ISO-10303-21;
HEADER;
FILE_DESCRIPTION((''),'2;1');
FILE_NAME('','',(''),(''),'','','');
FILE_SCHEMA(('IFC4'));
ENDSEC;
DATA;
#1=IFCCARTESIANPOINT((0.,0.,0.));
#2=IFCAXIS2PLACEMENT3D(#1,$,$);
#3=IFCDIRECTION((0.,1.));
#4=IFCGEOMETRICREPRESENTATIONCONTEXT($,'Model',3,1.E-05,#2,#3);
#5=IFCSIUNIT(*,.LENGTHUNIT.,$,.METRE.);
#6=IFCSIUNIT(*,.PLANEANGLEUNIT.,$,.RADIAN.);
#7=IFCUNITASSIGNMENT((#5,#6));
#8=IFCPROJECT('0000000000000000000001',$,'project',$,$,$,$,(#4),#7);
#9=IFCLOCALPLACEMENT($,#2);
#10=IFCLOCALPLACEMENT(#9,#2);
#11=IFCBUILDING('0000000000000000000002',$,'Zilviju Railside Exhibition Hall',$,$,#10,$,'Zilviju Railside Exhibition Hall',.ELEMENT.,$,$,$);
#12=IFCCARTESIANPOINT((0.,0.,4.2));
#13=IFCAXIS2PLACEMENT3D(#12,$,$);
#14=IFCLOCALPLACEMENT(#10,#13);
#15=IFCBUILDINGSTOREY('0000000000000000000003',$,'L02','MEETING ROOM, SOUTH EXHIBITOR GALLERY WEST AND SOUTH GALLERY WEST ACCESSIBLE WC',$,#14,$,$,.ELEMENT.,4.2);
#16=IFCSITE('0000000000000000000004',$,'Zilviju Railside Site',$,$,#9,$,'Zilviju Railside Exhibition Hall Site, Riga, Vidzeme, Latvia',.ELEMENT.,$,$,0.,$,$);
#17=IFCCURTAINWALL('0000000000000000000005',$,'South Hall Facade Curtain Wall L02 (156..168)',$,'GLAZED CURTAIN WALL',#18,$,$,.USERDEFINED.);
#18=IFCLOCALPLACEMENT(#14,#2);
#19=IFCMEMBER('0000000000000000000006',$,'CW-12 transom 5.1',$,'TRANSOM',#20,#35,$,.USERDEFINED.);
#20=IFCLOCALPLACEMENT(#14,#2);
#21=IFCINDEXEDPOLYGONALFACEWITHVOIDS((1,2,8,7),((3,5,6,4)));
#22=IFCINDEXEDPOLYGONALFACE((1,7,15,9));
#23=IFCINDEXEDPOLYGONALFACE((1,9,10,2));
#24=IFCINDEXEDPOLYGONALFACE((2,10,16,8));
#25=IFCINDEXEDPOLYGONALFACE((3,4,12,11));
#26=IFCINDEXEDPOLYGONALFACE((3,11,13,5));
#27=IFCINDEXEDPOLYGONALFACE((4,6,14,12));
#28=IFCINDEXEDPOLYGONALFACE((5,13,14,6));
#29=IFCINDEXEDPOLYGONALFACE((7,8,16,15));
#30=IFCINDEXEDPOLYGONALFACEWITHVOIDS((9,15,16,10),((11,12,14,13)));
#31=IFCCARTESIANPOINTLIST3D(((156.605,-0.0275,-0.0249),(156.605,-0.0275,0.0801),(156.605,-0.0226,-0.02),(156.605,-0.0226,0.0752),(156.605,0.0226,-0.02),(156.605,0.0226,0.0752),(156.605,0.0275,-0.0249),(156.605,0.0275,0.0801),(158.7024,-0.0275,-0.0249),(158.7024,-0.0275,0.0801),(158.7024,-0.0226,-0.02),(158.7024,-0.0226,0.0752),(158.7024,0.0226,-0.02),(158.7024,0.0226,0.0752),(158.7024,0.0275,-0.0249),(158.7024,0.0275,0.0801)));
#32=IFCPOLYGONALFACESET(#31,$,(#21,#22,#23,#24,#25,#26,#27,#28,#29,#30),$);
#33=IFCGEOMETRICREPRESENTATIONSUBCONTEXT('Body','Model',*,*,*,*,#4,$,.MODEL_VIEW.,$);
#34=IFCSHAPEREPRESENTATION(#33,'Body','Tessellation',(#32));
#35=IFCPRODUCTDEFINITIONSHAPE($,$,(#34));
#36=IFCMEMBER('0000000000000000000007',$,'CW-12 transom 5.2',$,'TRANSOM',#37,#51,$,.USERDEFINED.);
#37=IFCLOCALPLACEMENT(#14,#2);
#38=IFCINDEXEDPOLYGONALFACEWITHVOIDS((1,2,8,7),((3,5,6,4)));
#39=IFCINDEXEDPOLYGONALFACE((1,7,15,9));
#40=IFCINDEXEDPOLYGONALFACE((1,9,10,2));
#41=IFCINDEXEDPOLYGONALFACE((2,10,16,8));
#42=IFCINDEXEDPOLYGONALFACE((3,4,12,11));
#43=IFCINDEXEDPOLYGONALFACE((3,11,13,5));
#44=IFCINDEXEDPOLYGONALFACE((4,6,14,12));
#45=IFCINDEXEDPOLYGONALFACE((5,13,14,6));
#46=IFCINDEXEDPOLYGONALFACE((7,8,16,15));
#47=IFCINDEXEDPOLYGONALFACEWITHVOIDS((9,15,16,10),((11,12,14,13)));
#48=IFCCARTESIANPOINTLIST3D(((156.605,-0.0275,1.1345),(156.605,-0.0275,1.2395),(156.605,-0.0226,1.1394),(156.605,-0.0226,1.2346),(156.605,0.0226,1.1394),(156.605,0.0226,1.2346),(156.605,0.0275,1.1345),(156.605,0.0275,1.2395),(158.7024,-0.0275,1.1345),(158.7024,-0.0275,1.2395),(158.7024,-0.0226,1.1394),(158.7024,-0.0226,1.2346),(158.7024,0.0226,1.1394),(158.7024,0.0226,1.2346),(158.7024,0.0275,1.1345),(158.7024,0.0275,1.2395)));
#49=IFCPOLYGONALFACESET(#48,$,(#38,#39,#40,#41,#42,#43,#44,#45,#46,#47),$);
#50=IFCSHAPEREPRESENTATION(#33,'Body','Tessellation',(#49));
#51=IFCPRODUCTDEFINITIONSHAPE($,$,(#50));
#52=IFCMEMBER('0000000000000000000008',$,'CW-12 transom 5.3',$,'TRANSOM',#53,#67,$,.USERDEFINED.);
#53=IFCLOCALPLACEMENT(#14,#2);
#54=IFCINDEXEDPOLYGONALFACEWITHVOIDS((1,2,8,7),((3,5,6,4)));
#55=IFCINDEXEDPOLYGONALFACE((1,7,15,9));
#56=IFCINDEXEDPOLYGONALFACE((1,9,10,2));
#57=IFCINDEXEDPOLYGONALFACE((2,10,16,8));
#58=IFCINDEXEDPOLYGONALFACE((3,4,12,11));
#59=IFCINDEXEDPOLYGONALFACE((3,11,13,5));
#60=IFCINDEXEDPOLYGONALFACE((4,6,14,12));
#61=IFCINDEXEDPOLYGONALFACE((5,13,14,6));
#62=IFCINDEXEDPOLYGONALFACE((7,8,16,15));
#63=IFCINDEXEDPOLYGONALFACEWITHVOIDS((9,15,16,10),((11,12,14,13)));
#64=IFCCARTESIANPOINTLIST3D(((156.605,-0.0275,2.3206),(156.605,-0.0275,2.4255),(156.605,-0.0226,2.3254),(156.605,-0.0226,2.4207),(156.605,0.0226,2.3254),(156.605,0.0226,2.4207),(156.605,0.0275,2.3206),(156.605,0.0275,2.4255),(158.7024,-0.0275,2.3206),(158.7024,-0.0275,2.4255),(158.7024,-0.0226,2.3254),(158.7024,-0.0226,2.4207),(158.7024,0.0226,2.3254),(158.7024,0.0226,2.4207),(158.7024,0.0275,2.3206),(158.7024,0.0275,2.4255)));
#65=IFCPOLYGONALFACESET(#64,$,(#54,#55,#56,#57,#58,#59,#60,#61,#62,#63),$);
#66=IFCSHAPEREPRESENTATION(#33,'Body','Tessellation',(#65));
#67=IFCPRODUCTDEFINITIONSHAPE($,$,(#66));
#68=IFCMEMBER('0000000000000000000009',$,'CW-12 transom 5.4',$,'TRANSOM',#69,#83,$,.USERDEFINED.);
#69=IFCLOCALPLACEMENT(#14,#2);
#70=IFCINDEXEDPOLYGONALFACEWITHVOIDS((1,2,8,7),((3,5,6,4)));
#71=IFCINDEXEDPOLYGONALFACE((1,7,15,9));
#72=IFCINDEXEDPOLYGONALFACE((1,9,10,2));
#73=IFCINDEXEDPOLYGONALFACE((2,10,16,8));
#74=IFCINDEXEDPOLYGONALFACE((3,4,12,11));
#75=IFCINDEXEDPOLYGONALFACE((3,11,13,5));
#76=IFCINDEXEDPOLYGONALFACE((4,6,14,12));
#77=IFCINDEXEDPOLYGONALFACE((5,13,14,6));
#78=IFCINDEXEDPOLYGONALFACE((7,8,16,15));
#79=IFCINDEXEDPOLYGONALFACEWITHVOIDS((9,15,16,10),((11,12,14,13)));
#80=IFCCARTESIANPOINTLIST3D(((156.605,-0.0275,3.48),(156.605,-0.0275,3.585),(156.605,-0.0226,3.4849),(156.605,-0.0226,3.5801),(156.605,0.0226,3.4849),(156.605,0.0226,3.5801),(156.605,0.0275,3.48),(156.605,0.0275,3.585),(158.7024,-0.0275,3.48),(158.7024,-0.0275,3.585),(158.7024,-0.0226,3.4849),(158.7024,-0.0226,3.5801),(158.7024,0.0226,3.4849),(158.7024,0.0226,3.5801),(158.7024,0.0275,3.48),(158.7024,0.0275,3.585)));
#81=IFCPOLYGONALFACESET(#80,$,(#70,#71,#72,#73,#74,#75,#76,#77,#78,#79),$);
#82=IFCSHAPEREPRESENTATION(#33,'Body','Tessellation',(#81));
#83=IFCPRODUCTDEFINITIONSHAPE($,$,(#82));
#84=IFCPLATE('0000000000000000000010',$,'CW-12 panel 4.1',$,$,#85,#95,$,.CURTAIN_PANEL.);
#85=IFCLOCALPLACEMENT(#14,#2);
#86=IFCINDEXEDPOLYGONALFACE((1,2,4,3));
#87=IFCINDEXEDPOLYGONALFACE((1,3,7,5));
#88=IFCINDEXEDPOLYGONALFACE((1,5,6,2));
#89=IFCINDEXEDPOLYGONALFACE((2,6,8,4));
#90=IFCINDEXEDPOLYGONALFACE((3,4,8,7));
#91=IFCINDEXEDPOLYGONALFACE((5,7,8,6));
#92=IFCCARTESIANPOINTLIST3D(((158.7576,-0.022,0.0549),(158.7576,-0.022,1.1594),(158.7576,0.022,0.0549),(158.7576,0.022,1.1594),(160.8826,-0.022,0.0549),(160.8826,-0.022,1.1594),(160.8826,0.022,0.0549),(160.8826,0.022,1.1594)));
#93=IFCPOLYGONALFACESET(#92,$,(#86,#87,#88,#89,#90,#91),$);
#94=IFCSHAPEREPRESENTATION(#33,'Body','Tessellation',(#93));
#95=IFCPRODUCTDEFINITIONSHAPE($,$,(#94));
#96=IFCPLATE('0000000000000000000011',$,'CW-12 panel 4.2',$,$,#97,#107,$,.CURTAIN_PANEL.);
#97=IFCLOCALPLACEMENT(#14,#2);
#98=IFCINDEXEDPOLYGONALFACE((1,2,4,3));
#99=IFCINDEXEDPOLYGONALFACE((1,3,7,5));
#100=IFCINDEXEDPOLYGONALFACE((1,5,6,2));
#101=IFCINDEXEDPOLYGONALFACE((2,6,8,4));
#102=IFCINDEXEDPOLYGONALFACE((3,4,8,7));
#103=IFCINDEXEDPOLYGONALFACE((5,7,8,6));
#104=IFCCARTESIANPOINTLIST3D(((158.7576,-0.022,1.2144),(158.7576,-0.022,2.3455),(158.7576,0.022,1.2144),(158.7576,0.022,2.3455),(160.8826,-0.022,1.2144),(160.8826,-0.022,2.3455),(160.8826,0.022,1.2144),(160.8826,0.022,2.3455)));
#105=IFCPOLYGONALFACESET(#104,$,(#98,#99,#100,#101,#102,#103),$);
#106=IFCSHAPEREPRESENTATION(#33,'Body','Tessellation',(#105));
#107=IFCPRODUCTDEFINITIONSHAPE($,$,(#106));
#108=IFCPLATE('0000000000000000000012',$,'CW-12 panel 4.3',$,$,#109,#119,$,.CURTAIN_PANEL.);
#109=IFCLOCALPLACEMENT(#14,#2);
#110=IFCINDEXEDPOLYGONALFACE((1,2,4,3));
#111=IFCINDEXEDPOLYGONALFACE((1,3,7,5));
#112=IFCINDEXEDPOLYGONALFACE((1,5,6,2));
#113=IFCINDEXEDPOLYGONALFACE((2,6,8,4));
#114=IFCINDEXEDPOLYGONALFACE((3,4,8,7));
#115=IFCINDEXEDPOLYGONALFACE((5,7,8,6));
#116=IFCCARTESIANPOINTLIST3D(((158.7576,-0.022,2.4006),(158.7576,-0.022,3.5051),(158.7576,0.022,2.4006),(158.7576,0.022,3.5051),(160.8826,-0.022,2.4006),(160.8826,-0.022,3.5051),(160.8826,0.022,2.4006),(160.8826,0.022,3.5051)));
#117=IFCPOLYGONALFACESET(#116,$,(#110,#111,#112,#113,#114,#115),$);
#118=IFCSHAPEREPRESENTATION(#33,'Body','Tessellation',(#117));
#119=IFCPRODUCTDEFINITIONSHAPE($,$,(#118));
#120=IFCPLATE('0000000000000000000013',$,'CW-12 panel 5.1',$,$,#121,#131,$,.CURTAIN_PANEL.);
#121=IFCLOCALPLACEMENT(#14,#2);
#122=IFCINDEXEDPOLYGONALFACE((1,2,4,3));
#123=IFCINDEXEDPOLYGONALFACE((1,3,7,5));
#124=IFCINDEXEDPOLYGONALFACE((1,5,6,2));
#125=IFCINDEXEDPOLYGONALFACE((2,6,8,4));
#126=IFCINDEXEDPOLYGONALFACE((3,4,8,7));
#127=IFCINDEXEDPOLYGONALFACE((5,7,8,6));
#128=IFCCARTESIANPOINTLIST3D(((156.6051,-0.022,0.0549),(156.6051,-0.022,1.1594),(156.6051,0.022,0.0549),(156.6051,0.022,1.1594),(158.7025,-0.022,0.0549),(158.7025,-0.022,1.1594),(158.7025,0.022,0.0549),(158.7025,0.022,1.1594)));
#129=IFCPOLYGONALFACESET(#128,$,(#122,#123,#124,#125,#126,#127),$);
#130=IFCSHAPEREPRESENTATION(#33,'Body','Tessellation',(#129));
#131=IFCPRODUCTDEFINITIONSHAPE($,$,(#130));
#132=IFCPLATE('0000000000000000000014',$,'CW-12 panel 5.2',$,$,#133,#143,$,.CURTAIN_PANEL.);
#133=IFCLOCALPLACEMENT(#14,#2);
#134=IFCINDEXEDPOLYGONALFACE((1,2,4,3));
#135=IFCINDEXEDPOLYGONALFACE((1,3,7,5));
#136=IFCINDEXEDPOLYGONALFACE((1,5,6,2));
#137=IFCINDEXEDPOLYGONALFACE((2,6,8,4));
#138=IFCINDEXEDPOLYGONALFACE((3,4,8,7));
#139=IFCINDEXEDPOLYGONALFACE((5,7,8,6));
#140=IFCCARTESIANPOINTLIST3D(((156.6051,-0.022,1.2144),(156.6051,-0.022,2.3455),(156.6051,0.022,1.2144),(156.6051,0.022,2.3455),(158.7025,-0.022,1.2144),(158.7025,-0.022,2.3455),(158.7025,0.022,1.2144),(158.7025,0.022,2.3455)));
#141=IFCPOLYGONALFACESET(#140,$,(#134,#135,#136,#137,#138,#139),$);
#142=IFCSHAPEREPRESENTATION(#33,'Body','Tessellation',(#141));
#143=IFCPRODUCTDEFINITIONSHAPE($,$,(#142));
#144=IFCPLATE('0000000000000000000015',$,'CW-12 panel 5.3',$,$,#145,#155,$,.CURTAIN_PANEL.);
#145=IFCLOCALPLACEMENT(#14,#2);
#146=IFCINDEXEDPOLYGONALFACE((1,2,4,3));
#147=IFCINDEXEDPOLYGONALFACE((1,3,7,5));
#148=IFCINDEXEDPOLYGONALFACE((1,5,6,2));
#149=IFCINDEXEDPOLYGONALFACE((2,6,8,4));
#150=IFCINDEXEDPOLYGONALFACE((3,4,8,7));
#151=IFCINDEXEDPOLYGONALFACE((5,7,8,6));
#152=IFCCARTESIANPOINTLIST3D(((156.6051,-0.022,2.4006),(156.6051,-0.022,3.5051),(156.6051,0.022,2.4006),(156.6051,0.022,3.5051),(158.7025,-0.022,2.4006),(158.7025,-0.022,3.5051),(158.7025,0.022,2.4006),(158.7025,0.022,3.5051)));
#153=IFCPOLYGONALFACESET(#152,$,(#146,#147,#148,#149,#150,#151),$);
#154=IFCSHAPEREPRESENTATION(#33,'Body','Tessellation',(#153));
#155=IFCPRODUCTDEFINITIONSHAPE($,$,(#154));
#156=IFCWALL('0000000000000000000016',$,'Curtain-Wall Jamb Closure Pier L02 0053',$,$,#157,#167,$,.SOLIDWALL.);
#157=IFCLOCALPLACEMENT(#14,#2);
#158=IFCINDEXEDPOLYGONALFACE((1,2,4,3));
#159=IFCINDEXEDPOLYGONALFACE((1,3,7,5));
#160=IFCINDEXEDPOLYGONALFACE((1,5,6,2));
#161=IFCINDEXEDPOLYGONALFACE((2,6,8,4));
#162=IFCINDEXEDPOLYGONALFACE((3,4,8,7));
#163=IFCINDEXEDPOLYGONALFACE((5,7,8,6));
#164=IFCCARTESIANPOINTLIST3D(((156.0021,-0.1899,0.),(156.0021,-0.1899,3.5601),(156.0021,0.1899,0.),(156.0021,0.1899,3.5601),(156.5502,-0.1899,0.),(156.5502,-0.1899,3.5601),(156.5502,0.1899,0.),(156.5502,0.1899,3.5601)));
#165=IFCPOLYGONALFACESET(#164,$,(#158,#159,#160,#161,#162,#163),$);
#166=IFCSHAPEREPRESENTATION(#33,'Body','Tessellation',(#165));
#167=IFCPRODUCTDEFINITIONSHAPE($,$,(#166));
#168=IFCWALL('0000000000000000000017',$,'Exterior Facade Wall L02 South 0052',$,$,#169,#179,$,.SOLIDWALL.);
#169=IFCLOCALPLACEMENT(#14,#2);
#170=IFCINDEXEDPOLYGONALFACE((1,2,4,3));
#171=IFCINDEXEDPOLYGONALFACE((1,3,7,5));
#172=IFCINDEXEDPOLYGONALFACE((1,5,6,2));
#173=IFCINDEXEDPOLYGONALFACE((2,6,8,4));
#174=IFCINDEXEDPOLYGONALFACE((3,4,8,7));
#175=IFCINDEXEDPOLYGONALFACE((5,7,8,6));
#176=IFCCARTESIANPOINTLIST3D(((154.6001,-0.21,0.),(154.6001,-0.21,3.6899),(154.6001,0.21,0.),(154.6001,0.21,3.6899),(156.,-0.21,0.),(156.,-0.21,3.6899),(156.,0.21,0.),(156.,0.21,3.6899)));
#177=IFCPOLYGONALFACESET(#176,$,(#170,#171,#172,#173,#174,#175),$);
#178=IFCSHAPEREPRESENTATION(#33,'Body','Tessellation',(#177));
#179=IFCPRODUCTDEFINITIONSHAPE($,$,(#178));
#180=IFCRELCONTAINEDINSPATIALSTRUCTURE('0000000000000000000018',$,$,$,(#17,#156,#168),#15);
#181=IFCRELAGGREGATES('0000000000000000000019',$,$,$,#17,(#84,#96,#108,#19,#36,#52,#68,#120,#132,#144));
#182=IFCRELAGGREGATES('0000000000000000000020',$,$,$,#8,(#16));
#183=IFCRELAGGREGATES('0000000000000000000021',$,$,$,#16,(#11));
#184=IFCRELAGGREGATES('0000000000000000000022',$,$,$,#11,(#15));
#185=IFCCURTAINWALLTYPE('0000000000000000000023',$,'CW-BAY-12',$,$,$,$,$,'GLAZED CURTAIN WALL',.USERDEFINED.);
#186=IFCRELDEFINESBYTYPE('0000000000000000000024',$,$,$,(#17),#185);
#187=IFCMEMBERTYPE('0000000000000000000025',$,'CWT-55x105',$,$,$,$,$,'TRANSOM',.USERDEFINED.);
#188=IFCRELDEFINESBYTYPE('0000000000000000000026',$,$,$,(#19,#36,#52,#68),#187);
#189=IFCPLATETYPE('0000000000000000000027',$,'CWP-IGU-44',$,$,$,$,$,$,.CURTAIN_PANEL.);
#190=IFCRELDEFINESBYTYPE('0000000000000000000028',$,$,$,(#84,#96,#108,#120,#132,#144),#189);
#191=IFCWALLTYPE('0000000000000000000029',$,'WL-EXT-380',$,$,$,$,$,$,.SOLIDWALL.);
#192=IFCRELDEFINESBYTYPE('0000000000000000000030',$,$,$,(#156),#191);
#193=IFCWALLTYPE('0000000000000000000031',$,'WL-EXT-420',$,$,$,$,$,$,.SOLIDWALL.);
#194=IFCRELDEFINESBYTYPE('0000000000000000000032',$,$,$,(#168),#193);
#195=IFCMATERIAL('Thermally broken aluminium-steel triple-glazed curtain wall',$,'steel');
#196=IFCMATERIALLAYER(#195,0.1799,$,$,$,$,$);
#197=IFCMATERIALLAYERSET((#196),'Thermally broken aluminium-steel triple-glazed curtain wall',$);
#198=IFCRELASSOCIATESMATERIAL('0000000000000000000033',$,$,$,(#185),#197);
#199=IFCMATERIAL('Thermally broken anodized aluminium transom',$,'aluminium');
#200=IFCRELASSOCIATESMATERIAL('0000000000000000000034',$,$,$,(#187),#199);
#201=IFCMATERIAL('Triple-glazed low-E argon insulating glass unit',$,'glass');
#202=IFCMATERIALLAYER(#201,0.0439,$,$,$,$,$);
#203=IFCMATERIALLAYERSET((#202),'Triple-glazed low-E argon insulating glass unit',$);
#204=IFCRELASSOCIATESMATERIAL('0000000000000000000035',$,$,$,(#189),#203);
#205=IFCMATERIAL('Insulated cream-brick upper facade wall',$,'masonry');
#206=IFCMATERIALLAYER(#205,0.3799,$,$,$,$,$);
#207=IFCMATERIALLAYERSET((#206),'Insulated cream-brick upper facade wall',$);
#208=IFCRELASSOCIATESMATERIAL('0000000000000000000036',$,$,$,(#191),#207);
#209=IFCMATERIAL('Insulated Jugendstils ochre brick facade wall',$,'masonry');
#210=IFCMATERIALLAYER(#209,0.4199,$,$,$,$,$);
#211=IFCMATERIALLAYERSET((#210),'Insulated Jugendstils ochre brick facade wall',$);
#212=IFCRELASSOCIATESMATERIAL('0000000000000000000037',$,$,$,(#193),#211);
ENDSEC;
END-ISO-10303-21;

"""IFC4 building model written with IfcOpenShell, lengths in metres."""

from ifc_helpers import new_model, si_unit, direction, frame, frame_2d, origin, origin_2d, place, context, subcontext, project, spatial, rectangle, hollow_rectangle, extrude, material, layer, layer_set, material_profile, profile_set, type_object, element, aggregate, save


model = new_model("IFC4")

# Units and contexts
model_context = context("Model", 3, precision=1e-05, world=origin(), true_north=direction((0.0, 1.0)))
body_context = subcontext(model_context, "Body", "Model", "MODEL_VIEW")
ifc_project = project(units=[si_unit("LENGTHUNIT", "METRE"), si_unit("PLANEANGLEUNIT", "RADIAN")], contexts=[model_context])

# Site, building, storey
site_placement = place(None, origin())
site = spatial("IfcSite", under=ifc_project, at=site_placement, Name="Zilviju Railside Site", LongName="Zilviju Railside Exhibition Hall Site, Riga, Vidzeme, Latvia", CompositionType="ELEMENT", RefElevation=0.0)
building_placement = place(site_placement, origin())
building = spatial("IfcBuilding", under=site, at=building_placement, Name="Zilviju Railside Exhibition Hall", LongName="Zilviju Railside Exhibition Hall", CompositionType="ELEMENT")
storey_placement = place(building_placement, frame((0.0, 0.0, 4.2)))
storey = spatial("IfcBuildingStorey", under=building, at=storey_placement, Name="L02", Description="MEETING ROOM, SOUTH EXHIBITOR GALLERY WEST AND SOUTH GALLERY WEST ACCESSIBLE WC", CompositionType="ELEMENT", Elevation=4.2)

# Curtain wall, members, plates
ifc_material_1 = material(Name="Thermally broken aluminium-steel triple-glazed curtain wall", Category="steel")
ifc_layer_1 = layer(ifc_material_1, 0.1799)
ifc_layer_set_1 = layer_set([ifc_layer_1], Name="Thermally broken aluminium-steel triple-glazed curtain wall")
curtain_wall_type = type_object("IfcCurtainWallType", Name="CW-BAY-12", ElementType="GLAZED CURTAIN WALL", PredefinedType="USERDEFINED", material=ifc_layer_set_1)
curtain_wall_placement = place(storey_placement, origin())
curtain_wall = element("IfcCurtainWall", 1, at=curtain_wall_placement, inside=storey, type_object=curtain_wall_type, Name="South Hall Facade Curtain Wall L02 (156..168)", ObjectType="GLAZED CURTAIN WALL", PredefinedType="USERDEFINED")
ifc_material_2 = material(Name="Thermally broken anodized aluminium transom", Category="aluminium")
ifc_material_profile_1 = material_profile(ifc_material_2, hollow_rectangle(XDim=0.0549, YDim=0.105, WallThickness=0.0049, at=origin_2d()), Name="TRANSOM 105x55x5")
ifc_profile_set_1 = profile_set([ifc_material_profile_1], Name="Thermally broken anodized aluminium transom")
member_type_1 = type_object("IfcMemberType", Name="CWT-55x105", ElementType="TRANSOM", PredefinedType="USERDEFINED", material=ifc_profile_set_1)
member_1_placement = place(storey_placement, frame((158.7024, 0.0, 0.0276), z_axis=(-1.0, 0.0, 0.0), x_axis=(0.0, -1.0, 0.0)))
member_1 = element("IfcMember", 2, at=member_1_placement, type_object=member_type_1, Name="CW-12 transom 5.1", ObjectType="TRANSOM", PredefinedType="USERDEFINED", context=body_context, shape_type="SweptSolid", body=[
    extrude(hollow_rectangle(XDim=0.0549, YDim=0.105, WallThickness=0.0049, at=origin_2d()), origin(), (0.0, 0.0, 1.0), 2.0974),
])
member_2_placement = place(storey_placement, frame((158.7024, 0.0, 1.187), z_axis=(-1.0, 0.0, 0.0), x_axis=(0.0, -1.0, 0.0)))
member_2 = element("IfcMember", 3, at=member_2_placement, type_object=member_type_1, Name="CW-12 transom 5.2", ObjectType="TRANSOM", PredefinedType="USERDEFINED", context=body_context, shape_type="SweptSolid", body=[
    extrude(hollow_rectangle(XDim=0.0549, YDim=0.105, WallThickness=0.0049, at=origin_2d()), origin(), (0.0, 0.0, 1.0), 2.0974),
])
member_3_placement = place(storey_placement, frame((158.7024, 0.0, 2.373), z_axis=(-1.0, 0.0, 0.0), x_axis=(0.0, -1.0, 0.0)))
member_3 = element("IfcMember", 4, at=member_3_placement, type_object=member_type_1, Name="CW-12 transom 5.3", ObjectType="TRANSOM", PredefinedType="USERDEFINED", context=body_context, shape_type="SweptSolid", body=[
    extrude(hollow_rectangle(XDim=0.0549, YDim=0.105, WallThickness=0.0049, at=origin_2d()), origin(), (0.0, 0.0, 1.0), 2.0974),
])
member_4_placement = place(storey_placement, frame((158.7024, 0.0, 3.5325), z_axis=(-1.0, 0.0, 0.0), x_axis=(0.0, -1.0, 0.0)))
member_4 = element("IfcMember", 5, at=member_4_placement, type_object=member_type_1, Name="CW-12 transom 5.4", ObjectType="TRANSOM", PredefinedType="USERDEFINED", context=body_context, shape_type="SweptSolid", body=[
    extrude(hollow_rectangle(XDim=0.0549, YDim=0.105, WallThickness=0.0049, at=origin_2d()), origin(), (0.0, 0.0, 1.0), 2.0974),
])
ifc_material_3 = material(Name="Triple-glazed low-E argon insulating glass unit", Category="glass")
ifc_layer_2 = layer(ifc_material_3, 0.0439)
ifc_layer_set_2 = layer_set([ifc_layer_2], Name="Triple-glazed low-E argon insulating glass unit")
plate_type = type_object("IfcPlateType", Name="CWP-IGU-44", PredefinedType="CURTAIN_PANEL", material=ifc_layer_set_2)
plate_1_placement = place(storey_placement, frame((159.8201, 0.0, 0.0549), z_axis=(0.0, 0.0, 1.0), x_axis=(-1.0, 0.0, 0.0)))
plate_1 = element("IfcPlate", 6, at=plate_1_placement, type_object=plate_type, Name="CW-12 panel 4.1", PredefinedType="CURTAIN_PANEL", context=body_context, shape_type="SweptSolid", body=[
    extrude(rectangle(XDim=2.125, YDim=0.0439, at=origin_2d()), origin(), (0.0, 0.0, 1.0), 1.1045),
])
plate_2_placement = place(storey_placement, frame((159.8201, 0.0, 1.2144), z_axis=(0.0, 0.0, 1.0), x_axis=(-1.0, 0.0, 0.0)))
plate_2 = element("IfcPlate", 7, at=plate_2_placement, type_object=plate_type, Name="CW-12 panel 4.2", PredefinedType="CURTAIN_PANEL", context=body_context, shape_type="SweptSolid", body=[
    extrude(rectangle(XDim=2.125, YDim=0.0439, at=origin_2d()), origin(), (0.0, 0.0, 1.0), 1.1311),
])
plate_3_placement = place(storey_placement, frame((159.8201, 0.0, 2.4006), z_axis=(0.0, 0.0, 1.0), x_axis=(-1.0, 0.0, 0.0)))
plate_3 = element("IfcPlate", 8, at=plate_3_placement, type_object=plate_type, Name="CW-12 panel 4.3", PredefinedType="CURTAIN_PANEL", context=body_context, shape_type="SweptSolid", body=[
    extrude(rectangle(XDim=2.125, YDim=0.0439, at=origin_2d()), origin(), (0.0, 0.0, 1.0), 1.1045),
])
plate_4_placement = place(storey_placement, frame((157.6538, 0.0, 0.0549), z_axis=(0.0, 0.0, 1.0), x_axis=(-1.0, 0.0, 0.0)))
plate_4 = element("IfcPlate", 9, at=plate_4_placement, type_object=plate_type, Name="CW-12 panel 5.1", PredefinedType="CURTAIN_PANEL", context=body_context, shape_type="SweptSolid", body=[
    extrude(rectangle(XDim=2.0974, YDim=0.0439, at=origin_2d()), origin(), (0.0, 0.0, 1.0), 1.1045),
])
plate_5_placement = place(storey_placement, frame((157.6538, 0.0, 1.2144), z_axis=(0.0, 0.0, 1.0), x_axis=(-1.0, 0.0, 0.0)))
plate_5 = element("IfcPlate", 10, at=plate_5_placement, type_object=plate_type, Name="CW-12 panel 5.2", PredefinedType="CURTAIN_PANEL", context=body_context, shape_type="SweptSolid", body=[
    extrude(rectangle(XDim=2.0974, YDim=0.0439, at=origin_2d()), origin(), (0.0, 0.0, 1.0), 1.1311),
])
plate_6_placement = place(storey_placement, frame((157.6538, 0.0, 2.4006), z_axis=(0.0, 0.0, 1.0), x_axis=(-1.0, 0.0, 0.0)))
plate_6 = element("IfcPlate", 11, at=plate_6_placement, type_object=plate_type, Name="CW-12 panel 5.3", PredefinedType="CURTAIN_PANEL", context=body_context, shape_type="SweptSolid", body=[
    extrude(rectangle(XDim=2.0974, YDim=0.0439, at=origin_2d()), origin(), (0.0, 0.0, 1.0), 1.1045),
])
aggregate(curtain_wall, [plate_1, plate_2, plate_3, member_1, member_2, member_3, member_4, plate_4, plate_5, plate_6])

# Walls
ifc_material_4 = material(Name="Insulated cream-brick upper facade wall", Category="masonry")
ifc_layer_3 = layer(ifc_material_4, 0.3799)
ifc_layer_set_3 = layer_set([ifc_layer_3], Name="Insulated cream-brick upper facade wall")
wall_type_1 = type_object("IfcWallType", Name="WL-EXT-380", PredefinedType="SOLIDWALL", material=ifc_layer_set_3)
wall_1_placement = place(storey_placement, frame((156.55, 0.0, 0.0), z_axis=(0.0, 0.0, 1.0), x_axis=(-1.0, 0.0, 0.0)))
element("IfcWall", 12, at=wall_1_placement, inside=storey, type_object=wall_type_1, Name="Curtain-Wall Jamb Closure Pier L02 0053", PredefinedType="SOLIDWALL", context=body_context, shape_type="SweptSolid", body=[
    extrude(rectangle(XDim=0.5481, YDim=0.3799, at=frame_2d((0.2739, 0.0))), origin(), (0.0, 0.0, 1.0), 3.5601),
])
ifc_material_5 = material(Name="Insulated Jugendstils ochre brick facade wall", Category="masonry")
ifc_layer_4 = layer(ifc_material_5, 0.4199)
ifc_layer_set_4 = layer_set([ifc_layer_4], Name="Insulated Jugendstils ochre brick facade wall")
wall_type_2 = type_object("IfcWallType", Name="WL-EXT-420", PredefinedType="SOLIDWALL", material=ifc_layer_set_4)
wall_2_placement = place(storey_placement, frame((156.0, 0.0, 0.0), z_axis=(0.0, 0.0, 1.0), x_axis=(-1.0, 0.0, 0.0)))
element("IfcWall", 13, at=wall_2_placement, inside=storey, type_object=wall_type_2, Name="Exterior Facade Wall L02 South 0052", PredefinedType="SOLIDWALL", context=body_context, shape_type="SweptSolid", body=[
    extrude(rectangle(XDim=1.3999, YDim=0.4199, at=frame_2d((0.7, 0.0))), origin(), (0.0, 0.0, 1.0), 3.6899),
])

save(model, "model.ifc")
